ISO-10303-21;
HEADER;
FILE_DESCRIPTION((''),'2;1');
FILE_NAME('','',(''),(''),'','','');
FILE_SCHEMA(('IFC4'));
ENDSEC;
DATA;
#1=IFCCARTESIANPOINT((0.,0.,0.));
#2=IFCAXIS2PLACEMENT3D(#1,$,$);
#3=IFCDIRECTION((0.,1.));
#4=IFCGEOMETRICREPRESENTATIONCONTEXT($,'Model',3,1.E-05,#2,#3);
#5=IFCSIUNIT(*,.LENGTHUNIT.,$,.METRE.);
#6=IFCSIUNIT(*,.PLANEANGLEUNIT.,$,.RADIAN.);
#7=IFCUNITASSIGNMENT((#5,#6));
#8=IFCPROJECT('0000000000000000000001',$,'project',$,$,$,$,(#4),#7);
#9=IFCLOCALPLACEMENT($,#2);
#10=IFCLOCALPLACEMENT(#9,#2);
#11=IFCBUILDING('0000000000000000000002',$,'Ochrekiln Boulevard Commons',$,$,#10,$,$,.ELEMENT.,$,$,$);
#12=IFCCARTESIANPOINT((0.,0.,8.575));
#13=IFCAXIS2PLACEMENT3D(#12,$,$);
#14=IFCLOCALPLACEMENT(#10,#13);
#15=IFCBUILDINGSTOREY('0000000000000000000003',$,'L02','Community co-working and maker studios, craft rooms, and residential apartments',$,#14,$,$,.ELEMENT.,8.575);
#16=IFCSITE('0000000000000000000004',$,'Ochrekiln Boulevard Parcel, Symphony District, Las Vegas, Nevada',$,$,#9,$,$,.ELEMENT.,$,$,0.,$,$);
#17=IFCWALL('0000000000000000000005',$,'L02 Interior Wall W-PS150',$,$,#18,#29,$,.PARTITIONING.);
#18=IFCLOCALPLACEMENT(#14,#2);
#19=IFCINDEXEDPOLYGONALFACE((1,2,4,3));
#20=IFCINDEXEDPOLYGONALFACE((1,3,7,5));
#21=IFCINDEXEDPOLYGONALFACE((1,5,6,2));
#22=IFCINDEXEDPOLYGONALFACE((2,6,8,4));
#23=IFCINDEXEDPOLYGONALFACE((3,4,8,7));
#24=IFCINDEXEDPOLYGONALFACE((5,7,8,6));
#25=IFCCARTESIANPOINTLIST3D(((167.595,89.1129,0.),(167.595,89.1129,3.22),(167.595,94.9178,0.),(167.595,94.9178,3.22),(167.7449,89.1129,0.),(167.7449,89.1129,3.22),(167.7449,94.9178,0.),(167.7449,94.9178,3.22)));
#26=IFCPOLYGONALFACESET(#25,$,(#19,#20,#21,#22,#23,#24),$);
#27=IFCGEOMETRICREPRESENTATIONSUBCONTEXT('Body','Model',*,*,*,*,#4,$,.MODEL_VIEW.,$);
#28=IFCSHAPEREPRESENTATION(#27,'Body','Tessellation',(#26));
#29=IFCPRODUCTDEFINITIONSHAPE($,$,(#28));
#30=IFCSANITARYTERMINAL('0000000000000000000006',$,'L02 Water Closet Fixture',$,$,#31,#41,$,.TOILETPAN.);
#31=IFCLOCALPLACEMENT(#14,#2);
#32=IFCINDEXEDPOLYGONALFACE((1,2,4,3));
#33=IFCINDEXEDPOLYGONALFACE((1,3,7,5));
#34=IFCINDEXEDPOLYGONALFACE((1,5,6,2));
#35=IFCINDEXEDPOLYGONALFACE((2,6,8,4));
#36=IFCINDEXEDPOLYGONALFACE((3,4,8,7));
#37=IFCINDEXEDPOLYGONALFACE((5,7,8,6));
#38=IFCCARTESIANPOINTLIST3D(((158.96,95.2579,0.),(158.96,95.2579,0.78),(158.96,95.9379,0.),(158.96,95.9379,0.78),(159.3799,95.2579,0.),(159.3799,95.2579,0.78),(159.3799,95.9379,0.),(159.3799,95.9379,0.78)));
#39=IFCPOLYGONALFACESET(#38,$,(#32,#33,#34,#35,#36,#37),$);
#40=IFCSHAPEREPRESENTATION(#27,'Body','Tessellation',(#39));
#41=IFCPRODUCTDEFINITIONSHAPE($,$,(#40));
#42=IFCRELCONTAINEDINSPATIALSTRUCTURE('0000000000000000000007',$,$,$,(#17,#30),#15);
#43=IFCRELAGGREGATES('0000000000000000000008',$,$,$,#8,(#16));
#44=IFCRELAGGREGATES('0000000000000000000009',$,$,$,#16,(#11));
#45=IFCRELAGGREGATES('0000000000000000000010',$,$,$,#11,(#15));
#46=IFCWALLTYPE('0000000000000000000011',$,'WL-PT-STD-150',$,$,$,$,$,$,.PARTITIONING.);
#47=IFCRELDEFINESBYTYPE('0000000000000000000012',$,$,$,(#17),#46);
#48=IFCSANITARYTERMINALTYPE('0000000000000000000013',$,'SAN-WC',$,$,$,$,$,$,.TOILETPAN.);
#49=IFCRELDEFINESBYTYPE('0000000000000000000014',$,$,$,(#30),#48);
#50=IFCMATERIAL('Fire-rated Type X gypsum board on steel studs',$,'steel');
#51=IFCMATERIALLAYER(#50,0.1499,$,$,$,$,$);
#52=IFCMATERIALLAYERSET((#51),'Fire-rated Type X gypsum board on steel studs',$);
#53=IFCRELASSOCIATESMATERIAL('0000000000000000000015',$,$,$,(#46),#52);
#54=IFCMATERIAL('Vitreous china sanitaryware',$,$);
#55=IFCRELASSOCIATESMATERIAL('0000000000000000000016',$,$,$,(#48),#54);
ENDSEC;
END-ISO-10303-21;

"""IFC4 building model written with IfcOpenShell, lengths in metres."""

from ifc_helpers import new_model, si_unit, direction, frame, frame_2d, origin, origin_2d, place, context, subcontext, project, spatial, rectangle, extrude, material, layer, layer_set, type_object, element, save


model = new_model("IFC4")

# Units and contexts
model_context = context("Model", 3, precision=1e-05, world=origin(), true_north=direction((0.0, 1.0)))
body_context = subcontext(model_context, "Body", "Model", "MODEL_VIEW")
ifc_project = project(units=[si_unit("LENGTHUNIT", "METRE"), si_unit("PLANEANGLEUNIT", "RADIAN")], contexts=[model_context])

# Site, building, storey
site_placement = place(None, origin())
site = spatial("IfcSite", under=ifc_project, at=site_placement, Name="Ochrekiln Boulevard Parcel, Symphony District, Las Vegas, Nevada", CompositionType="ELEMENT", RefElevation=0.0)
building_placement = place(site_placement, origin())
building = spatial("IfcBuilding", under=site, at=building_placement, Name="Ochrekiln Boulevard Commons", CompositionType="ELEMENT")
storey_placement = place(building_placement, frame((0.0, 0.0, 8.575)))
storey = spatial("IfcBuildingStorey", under=building, at=storey_placement, Name="L02", Description="Community co-working and maker studios, craft rooms, and residential apartments", CompositionType="ELEMENT", Elevation=8.575)

# Shared definitions
ifc_material_1 = material(Name="Fire-rated Type X gypsum board on steel studs", Category="steel")

# Shared definitions
ifc_layer_1 = layer(ifc_material_1, 0.1499)
ifc_layer_set_1 = layer_set([ifc_layer_1], Name="Fire-rated Type X gypsum board on steel studs")
wall_type_1 = type_object("IfcWallType", Name="WL-PT-STD-150", PredefinedType="PARTITIONING", material=ifc_layer_set_1)

# Wall
wall_1_placement = place(storey_placement, frame((167.6699, 89.113, 0.0), z_axis=(0.0, 0.0, 1.0), x_axis=(0.0, 1.0, 0.0)))
element("IfcWall", 1, at=wall_1_placement, inside=storey, type_object=wall_type_1, Name="L02 Interior Wall W-PS150", PredefinedType="PARTITIONING", context=body_context, shape_type="SweptSolid", body=[
    extrude(rectangle(XDim=5.8049, YDim=0.1499, at=frame_2d((2.9023, 0.0))), origin(), (0.0, 0.0, 1.0), 3.22),
])

# Sanitary terminal
ifc_material_2 = material(Name="Vitreous china sanitaryware")
sanitary_terminal_type = type_object("IfcSanitaryTerminalType", Name="SAN-WC", PredefinedType="TOILETPAN", material=ifc_material_2)
sanitary_terminal_placement = place(storey_placement, frame((159.1699, 95.5979, 0.0), z_axis=(0.0, 0.0, 1.0), x_axis=(1.0, 0.0, 0.0)))
element("IfcSanitaryTerminal", 2, at=sanitary_terminal_placement, inside=storey, type_object=sanitary_terminal_type, Name="L02 Water Closet Fixture", PredefinedType="TOILETPAN", context=body_context, shape_type="SweptSolid", body=[
    extrude(rectangle(XDim=0.4199, YDim=0.6799, at=origin_2d()), origin(), (0.0, 0.0, 1.0), 0.78),
])

save(model, "model.ifc")
